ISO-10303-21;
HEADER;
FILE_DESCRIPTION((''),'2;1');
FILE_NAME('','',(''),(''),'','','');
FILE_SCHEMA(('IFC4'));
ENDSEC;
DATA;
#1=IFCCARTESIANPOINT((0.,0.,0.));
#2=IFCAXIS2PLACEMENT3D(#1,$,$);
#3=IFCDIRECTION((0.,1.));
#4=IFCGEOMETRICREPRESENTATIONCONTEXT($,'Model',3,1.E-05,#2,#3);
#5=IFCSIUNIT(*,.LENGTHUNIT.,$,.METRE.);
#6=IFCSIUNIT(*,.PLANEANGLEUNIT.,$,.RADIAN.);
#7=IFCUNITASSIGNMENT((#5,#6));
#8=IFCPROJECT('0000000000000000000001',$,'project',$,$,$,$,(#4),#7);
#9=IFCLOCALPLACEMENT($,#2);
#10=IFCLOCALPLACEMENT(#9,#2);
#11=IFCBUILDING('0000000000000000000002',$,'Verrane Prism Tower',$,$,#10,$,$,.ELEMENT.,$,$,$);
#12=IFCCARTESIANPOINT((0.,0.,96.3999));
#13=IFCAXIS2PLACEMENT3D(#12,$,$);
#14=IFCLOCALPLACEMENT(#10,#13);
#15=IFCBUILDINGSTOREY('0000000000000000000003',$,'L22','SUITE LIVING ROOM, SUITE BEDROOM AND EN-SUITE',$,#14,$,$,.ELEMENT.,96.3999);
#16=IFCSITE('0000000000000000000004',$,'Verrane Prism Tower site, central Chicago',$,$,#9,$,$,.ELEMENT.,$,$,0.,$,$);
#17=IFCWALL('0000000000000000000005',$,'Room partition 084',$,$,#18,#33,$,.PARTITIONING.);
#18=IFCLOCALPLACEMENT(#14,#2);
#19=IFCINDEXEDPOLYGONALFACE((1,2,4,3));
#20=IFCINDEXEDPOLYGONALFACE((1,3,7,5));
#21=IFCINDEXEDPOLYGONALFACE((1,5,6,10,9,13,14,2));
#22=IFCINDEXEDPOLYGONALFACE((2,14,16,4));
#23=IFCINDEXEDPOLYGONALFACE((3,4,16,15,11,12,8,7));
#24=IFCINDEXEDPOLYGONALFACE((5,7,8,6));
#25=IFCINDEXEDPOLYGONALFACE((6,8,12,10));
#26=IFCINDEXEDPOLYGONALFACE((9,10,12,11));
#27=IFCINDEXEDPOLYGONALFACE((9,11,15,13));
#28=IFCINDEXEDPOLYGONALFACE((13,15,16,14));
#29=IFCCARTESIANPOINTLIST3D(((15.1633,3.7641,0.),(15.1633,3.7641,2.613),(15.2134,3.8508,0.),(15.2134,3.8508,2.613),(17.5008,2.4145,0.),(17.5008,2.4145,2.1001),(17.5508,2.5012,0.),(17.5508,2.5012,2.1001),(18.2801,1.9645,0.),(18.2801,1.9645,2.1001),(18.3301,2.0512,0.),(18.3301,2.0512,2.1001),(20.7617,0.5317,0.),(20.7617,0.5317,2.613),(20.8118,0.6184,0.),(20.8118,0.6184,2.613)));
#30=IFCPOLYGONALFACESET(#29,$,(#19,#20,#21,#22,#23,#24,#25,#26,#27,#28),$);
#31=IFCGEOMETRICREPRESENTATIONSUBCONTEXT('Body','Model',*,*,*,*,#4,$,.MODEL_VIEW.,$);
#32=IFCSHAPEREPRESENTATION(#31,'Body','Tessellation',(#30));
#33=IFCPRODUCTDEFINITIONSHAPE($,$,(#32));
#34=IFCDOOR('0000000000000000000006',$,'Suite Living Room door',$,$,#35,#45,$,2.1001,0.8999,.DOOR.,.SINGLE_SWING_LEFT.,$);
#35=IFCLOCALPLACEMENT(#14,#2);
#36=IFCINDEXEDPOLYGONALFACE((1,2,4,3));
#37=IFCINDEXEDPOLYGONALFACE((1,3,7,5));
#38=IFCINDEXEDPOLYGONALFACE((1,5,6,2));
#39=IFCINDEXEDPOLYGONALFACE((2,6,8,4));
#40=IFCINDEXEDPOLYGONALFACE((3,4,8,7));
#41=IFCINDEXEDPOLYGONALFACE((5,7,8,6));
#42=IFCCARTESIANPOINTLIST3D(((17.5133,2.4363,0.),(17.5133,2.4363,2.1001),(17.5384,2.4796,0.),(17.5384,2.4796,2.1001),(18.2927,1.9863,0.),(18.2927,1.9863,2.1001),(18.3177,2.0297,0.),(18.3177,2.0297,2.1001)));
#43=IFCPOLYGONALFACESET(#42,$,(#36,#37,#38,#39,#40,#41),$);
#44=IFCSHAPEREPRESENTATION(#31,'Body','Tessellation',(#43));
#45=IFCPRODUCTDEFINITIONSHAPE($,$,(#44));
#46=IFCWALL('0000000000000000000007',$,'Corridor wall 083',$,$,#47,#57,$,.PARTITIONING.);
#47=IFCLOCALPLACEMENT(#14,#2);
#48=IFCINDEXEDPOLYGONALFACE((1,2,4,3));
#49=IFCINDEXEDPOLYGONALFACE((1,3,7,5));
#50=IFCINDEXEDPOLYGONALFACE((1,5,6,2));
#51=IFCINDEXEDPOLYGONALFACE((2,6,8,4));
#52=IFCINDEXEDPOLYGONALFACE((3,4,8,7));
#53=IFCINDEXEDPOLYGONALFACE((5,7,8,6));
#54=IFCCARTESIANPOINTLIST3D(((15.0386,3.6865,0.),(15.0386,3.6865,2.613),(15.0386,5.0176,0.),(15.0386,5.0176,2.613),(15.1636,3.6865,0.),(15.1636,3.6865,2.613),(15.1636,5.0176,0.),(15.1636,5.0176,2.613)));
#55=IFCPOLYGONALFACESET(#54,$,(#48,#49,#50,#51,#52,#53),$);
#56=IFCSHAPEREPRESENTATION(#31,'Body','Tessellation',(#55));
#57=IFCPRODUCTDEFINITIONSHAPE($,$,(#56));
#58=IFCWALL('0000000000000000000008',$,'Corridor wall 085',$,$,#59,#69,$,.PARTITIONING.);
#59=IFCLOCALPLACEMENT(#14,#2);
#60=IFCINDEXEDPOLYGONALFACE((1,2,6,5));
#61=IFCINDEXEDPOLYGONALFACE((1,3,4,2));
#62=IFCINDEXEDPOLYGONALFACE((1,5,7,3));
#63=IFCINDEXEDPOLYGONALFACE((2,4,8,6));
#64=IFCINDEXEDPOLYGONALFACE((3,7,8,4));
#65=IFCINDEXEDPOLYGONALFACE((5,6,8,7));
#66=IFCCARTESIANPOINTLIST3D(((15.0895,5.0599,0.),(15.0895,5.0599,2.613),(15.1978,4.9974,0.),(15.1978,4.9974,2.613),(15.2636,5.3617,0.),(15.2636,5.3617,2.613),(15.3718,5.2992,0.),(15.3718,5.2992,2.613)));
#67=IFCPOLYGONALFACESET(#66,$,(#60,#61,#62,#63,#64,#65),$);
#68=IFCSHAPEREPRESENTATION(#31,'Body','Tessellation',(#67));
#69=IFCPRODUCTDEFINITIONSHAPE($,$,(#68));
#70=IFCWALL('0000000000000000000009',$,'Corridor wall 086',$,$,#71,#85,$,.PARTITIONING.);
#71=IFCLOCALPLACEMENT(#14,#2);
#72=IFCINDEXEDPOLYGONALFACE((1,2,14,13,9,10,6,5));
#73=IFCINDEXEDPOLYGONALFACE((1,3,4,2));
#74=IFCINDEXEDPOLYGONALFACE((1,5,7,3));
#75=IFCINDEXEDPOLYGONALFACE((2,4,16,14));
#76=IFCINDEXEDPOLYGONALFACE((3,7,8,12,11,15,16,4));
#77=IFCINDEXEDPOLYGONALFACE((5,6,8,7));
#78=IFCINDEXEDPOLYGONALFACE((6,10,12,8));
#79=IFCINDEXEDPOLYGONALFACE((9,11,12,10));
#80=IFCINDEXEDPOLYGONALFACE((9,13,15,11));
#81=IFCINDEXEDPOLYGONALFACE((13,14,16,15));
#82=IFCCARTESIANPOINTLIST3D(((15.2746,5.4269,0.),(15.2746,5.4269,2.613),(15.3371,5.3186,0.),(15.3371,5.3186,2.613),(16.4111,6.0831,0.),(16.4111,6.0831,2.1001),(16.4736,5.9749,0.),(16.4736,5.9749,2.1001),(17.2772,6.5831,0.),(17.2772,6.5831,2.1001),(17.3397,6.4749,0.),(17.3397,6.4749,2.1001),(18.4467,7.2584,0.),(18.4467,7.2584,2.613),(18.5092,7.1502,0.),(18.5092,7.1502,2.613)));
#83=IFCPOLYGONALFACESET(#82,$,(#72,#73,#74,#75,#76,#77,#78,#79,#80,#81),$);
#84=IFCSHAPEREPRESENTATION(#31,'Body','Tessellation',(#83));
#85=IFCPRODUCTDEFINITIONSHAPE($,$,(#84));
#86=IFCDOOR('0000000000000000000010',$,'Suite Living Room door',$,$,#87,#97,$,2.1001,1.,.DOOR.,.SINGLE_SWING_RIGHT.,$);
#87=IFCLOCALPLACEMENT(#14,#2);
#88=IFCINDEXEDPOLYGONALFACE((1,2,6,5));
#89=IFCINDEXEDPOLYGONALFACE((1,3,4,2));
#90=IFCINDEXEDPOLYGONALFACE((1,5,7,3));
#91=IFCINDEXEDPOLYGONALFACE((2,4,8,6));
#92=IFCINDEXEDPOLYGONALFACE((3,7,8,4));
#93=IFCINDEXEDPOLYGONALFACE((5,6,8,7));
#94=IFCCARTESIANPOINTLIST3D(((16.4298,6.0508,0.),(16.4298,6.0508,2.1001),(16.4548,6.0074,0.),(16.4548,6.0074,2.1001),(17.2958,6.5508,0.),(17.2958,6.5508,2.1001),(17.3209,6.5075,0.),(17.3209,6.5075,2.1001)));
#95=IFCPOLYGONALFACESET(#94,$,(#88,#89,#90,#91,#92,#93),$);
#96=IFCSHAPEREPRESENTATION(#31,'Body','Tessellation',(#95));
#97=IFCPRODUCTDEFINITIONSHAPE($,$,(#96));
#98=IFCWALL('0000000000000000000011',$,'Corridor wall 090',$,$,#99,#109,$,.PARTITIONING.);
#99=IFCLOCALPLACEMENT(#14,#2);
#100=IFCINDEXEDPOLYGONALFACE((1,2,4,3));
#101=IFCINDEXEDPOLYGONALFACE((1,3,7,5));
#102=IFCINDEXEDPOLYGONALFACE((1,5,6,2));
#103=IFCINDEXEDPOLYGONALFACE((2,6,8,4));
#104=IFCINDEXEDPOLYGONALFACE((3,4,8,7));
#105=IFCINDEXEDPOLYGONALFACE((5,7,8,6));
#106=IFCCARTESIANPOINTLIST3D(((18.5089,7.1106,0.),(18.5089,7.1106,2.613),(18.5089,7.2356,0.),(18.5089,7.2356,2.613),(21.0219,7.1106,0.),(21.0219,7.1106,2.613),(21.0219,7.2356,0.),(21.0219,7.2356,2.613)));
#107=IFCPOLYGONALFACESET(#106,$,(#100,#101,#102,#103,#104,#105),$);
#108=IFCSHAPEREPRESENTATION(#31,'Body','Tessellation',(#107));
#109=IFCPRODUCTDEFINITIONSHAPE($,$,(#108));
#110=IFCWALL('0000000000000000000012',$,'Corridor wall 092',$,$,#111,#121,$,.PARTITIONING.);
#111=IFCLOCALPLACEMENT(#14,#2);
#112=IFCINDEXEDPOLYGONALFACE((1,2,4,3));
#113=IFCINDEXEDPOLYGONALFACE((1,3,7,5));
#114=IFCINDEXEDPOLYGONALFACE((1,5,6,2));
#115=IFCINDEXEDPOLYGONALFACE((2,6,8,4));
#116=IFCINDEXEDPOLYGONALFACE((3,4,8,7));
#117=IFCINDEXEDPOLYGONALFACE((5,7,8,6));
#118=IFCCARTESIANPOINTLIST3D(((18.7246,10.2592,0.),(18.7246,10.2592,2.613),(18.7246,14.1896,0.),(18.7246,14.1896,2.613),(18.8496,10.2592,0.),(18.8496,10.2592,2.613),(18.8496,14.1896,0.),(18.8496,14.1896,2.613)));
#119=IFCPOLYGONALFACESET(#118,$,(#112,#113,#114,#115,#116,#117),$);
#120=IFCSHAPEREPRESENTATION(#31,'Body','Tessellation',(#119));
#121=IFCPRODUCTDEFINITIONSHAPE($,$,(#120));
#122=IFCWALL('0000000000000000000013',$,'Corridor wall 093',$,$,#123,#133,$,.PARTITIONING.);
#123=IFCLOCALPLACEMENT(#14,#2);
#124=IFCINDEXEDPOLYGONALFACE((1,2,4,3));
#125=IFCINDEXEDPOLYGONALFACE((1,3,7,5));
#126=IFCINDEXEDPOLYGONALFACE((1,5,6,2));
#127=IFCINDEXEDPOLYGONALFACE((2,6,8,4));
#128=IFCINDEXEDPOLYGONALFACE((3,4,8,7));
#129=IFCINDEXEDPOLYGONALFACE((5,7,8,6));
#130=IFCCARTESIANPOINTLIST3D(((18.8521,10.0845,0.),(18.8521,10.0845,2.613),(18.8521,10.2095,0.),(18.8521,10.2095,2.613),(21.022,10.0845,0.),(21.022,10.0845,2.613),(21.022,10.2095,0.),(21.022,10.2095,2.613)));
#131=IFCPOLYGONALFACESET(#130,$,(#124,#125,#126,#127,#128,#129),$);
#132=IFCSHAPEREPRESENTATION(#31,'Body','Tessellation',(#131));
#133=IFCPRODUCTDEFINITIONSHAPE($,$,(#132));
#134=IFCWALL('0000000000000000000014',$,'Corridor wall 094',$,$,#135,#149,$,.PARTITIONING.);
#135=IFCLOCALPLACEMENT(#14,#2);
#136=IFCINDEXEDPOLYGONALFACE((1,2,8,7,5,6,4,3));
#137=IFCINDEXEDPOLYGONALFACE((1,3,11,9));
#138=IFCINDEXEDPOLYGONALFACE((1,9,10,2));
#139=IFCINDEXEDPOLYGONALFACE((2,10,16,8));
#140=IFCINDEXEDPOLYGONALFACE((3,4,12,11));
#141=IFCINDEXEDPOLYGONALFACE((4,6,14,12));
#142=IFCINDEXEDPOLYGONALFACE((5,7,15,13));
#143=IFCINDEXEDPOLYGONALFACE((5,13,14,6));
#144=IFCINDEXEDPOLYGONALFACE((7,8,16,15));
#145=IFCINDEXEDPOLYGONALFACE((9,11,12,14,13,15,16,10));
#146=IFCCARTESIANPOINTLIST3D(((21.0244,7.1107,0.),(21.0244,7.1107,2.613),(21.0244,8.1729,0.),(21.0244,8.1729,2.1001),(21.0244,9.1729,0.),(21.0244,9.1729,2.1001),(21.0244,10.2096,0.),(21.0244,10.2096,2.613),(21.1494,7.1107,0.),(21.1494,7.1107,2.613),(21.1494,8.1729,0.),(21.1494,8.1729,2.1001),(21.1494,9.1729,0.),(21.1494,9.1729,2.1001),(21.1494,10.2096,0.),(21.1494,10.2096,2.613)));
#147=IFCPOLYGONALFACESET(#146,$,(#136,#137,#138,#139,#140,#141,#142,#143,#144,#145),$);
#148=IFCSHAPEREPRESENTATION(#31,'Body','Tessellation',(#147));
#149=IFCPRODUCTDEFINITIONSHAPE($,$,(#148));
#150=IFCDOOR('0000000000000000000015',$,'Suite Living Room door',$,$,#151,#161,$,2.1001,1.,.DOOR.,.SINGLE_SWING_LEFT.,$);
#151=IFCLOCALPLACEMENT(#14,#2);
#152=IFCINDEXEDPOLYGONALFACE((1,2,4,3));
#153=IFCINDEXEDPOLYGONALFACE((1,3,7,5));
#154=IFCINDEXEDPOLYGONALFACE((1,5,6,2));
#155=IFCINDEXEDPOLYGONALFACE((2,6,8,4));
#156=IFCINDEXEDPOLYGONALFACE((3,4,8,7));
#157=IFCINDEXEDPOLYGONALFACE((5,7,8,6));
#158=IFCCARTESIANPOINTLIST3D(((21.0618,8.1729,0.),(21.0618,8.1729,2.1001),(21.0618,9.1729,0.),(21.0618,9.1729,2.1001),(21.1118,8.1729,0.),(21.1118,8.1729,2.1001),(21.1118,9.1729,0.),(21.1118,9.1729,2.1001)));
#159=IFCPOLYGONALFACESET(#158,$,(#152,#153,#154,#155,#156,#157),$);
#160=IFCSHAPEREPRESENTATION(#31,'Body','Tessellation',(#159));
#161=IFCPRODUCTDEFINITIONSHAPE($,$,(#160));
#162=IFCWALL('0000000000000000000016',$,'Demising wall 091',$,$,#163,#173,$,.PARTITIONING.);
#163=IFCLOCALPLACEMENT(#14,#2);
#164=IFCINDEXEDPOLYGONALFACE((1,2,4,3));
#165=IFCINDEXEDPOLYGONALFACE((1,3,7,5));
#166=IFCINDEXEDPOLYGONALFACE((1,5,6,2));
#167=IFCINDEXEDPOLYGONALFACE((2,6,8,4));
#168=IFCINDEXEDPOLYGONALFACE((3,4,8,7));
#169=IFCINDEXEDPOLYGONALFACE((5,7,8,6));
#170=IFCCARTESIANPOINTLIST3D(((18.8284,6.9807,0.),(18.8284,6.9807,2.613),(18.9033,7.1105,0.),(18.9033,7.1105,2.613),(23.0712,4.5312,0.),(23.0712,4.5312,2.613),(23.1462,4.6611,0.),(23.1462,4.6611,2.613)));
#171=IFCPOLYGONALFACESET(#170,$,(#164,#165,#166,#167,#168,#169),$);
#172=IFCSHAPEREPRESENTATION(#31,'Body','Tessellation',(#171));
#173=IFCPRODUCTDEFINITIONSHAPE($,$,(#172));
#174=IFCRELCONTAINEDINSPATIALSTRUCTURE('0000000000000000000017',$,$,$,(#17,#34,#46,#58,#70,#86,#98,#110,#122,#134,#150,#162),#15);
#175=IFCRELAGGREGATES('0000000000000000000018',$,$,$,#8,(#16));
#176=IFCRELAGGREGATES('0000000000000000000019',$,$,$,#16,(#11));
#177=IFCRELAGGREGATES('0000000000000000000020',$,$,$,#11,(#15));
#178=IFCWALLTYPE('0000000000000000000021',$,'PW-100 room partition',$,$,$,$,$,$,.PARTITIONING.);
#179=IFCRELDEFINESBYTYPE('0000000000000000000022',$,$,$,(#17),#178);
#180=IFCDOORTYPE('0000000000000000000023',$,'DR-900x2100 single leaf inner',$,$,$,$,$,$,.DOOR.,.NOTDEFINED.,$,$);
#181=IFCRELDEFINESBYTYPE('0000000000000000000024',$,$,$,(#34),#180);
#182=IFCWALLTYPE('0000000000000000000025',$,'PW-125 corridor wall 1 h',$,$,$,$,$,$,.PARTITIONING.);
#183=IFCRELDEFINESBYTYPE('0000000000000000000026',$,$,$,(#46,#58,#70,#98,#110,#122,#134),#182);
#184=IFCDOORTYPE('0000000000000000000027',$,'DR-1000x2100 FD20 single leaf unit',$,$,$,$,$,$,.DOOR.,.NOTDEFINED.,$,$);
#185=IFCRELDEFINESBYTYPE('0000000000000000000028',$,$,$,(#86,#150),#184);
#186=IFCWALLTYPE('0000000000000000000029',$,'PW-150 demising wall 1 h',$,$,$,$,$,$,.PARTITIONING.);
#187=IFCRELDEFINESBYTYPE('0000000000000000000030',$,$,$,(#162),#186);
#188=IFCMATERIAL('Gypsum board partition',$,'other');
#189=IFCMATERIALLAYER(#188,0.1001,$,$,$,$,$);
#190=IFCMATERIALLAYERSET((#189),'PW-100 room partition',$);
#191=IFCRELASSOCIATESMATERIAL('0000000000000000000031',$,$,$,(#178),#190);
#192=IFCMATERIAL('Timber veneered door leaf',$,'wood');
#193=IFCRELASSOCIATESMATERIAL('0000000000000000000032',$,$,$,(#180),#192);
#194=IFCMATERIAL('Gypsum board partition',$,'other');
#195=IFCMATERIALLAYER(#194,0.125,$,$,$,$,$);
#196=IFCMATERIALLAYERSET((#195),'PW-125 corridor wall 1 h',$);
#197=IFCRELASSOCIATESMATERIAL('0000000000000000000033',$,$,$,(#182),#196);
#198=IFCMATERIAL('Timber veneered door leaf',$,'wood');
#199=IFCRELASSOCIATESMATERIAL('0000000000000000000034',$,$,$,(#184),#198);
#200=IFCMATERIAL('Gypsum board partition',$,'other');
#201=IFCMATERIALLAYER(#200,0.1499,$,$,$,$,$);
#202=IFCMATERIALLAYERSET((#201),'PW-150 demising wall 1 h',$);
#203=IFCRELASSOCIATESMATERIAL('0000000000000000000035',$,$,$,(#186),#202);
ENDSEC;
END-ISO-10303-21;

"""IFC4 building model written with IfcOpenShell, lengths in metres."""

from ifc_helpers import new_model, si_unit, direction, frame, frame_2d, origin, place, context, subcontext, project, spatial, rectangle, extrude, material, layer, layer_set, type_object, element, fill, save


model = new_model("IFC4")

# Units and contexts
model_context = context("Model", 3, precision=1e-05, world=origin(), true_north=direction((0.0, 1.0)))
body_context = subcontext(model_context, "Body", "Model", "MODEL_VIEW")
ifc_project = project(units=[si_unit("LENGTHUNIT", "METRE"), si_unit("PLANEANGLEUNIT", "RADIAN")], contexts=[model_context])

# Site, building, storey
site_placement = place(None, origin())
site = spatial("IfcSite", under=ifc_project, at=site_placement, Name="Verrane Prism Tower site, central Chicago", CompositionType="ELEMENT", RefElevation=0.0)
building_placement = place(site_placement, origin())
building = spatial("IfcBuilding", under=site, at=building_placement, Name="Verrane Prism Tower", CompositionType="ELEMENT")
storey_placement = place(building_placement, frame((0.0, 0.0, 96.3999)))
storey = spatial("IfcBuildingStorey", under=building, at=storey_placement, Name="L22", Description="SUITE LIVING ROOM, SUITE BEDROOM AND EN-SUITE", CompositionType="ELEMENT", Elevation=96.3999)

# Wall, opening, door
ifc_material_1 = material(Name="Gypsum board partition", Category="other")
ifc_layer_1 = layer(ifc_material_1, 0.1001)
ifc_layer_set_1 = layer_set([ifc_layer_1], Name="PW-100 room partition")
wall_type_1 = type_object("IfcWallType", Name="PW-100 room partition", PredefinedType="PARTITIONING", material=ifc_layer_set_1)
wall_1_placement = place(storey_placement, frame((20.7869, 0.575, 0.0), z_axis=(0.0, 0.0, 1.0), x_axis=(-0.866013, 0.500022, 0.0)))
wall_1 = element("IfcWall", 1, at=wall_1_placement, inside=storey, type_object=wall_type_1, Name="Room partition 084", PredefinedType="PARTITIONING", context=body_context, shape_type="SweptSolid", body=[
    extrude(rectangle(XDim=6.4646, YDim=0.1001, at=frame_2d((3.2324, 0.0))), origin(), (0.0, 0.0, 1.0), 2.613),
])
opening_1_placement = place(wall_1_placement, frame((2.8657, 0.0, 0.0)))
opening_1 = element("IfcOpeningElement", 2, at=opening_1_placement, cuts=wall_1, PredefinedType="OPENING", context=body_context, shape_type="SweptSolid", body=[
    extrude(rectangle(XDim=0.8999, YDim=2.1001, at=frame_2d((0.45, 1.05))), frame((0.0, 0.0601, 0.0), z_axis=(0.0, -1.0, 0.0), x_axis=(1.0, 0.0, 0.0)), (0.0, 0.0, 1.0), 0.1201),
])
ifc_material_2 = material(Name="Timber veneered door leaf", Category="wood")
door_type_1 = type_object("IfcDoorType", Name="DR-900x2100 single leaf inner", OperationType="NOTDEFINED", PredefinedType="DOOR", material=ifc_material_2)
door_1_placement = place(opening_1_placement, origin())
door_1 = element("IfcDoor", 3, at=door_1_placement, inside=storey, type_object=door_type_1, Name="Suite Living Room door", OperationType="SINGLE_SWING_LEFT", OverallHeight=2.1001, OverallWidth=0.8999, PredefinedType="DOOR", context=body_context, shape_type="SweptSolid", body=[
    extrude(rectangle(XDim=0.8999, YDim=2.1001, at=frame_2d((0.45, 1.05))), frame((0.0, 0.0249, 0.0), z_axis=(0.0, -1.0, 0.0), x_axis=(1.0, 0.0, 0.0)), (0.0, 0.0, 1.0), 0.05),
])
fill(opening_1, door_1)

# Walls
ifc_material_3 = material(Name="Gypsum board partition", Category="other")
ifc_layer_2 = layer(ifc_material_3, 0.125)
ifc_layer_set_2 = layer_set([ifc_layer_2], Name="PW-125 corridor wall 1 h")
wall_type_2 = type_object("IfcWallType", Name="PW-125 corridor wall 1 h", PredefinedType="PARTITIONING", material=ifc_layer_set_2)
wall_2_placement = place(storey_placement, frame((15.1011, 3.6865, 0.0), z_axis=(0.0, 0.0, 1.0), x_axis=(0.0, 1.0, 0.0)))
element("IfcWall", 4, at=wall_2_placement, inside=storey, type_object=wall_type_2, Name="Corridor wall 083", PredefinedType="PARTITIONING", context=body_context, shape_type="SweptSolid", body=[
    extrude(rectangle(XDim=1.3311, YDim=0.125, at=frame_2d((0.6655, 0.0))), origin(), (0.0, 0.0, 1.0), 2.613),
])
wall_3_placement = place(storey_placement, frame((15.1436, 5.0286, 0.0), z_axis=(0.0, 0.0, 1.0), x_axis=(0.499682, 0.866209, 0.0)))
element("IfcWall", 5, at=wall_3_placement, inside=storey, type_object=wall_type_2, Name="Corridor wall 085", PredefinedType="PARTITIONING", context=body_context, shape_type="SweptSolid", body=[
    extrude(rectangle(XDim=0.3484, YDim=0.125, at=frame_2d((0.1743, 0.0))), origin(), (0.0, 0.0, 1.0), 2.613),
])

# Wall, opening, door
wall_4_placement = place(storey_placement, frame((18.478, 7.2043, 0.0), z_axis=(0.0, 0.0, 1.0), x_axis=(-0.866011, -0.500024, 0.0)))
wall_4 = element("IfcWall", 6, at=wall_4_placement, inside=storey, type_object=wall_type_2, Name="Corridor wall 086", PredefinedType="PARTITIONING", context=body_context, shape_type="SweptSolid", body=[
    extrude(rectangle(XDim=3.6628, YDim=0.125, at=frame_2d((1.8315, 0.0))), origin(), (0.0, 0.0, 1.0), 2.613),
])
opening_2_placement = place(wall_4_placement, frame((1.3506, 0.0, 0.0)))
opening_2 = element("IfcOpeningElement", 7, at=opening_2_placement, cuts=wall_4, PredefinedType="OPENING", context=body_context, shape_type="SweptSolid", body=[
    extrude(rectangle(XDim=1.0, YDim=2.1001, at=frame_2d((0.5, 1.05))), frame((0.0, 0.0725, 0.0), z_axis=(0.0, -1.0, 0.0), x_axis=(1.0, 0.0, 0.0)), (0.0, 0.0, 1.0), 0.145),
])
ifc_material_4 = material(Name="Timber veneered door leaf", Category="wood")
door_type_2 = type_object("IfcDoorType", Name="DR-1000x2100 FD20 single leaf unit", OperationType="NOTDEFINED", PredefinedType="DOOR", material=ifc_material_4)
door_2_placement = place(opening_2_placement, origin())
door_2 = element("IfcDoor", 8, at=door_2_placement, inside=storey, type_object=door_type_2, Name="Suite Living Room door", OperationType="SINGLE_SWING_RIGHT", OverallHeight=2.1001, OverallWidth=1.0, PredefinedType="DOOR", context=body_context, shape_type="SweptSolid", body=[
    extrude(rectangle(XDim=1.0, YDim=2.1001, at=frame_2d((0.5, 1.05))), frame((0.0, 0.0249, 0.0), z_axis=(0.0, -1.0, 0.0), x_axis=(1.0, 0.0, 0.0)), (0.0, 0.0, 1.0), 0.05),
])
fill(opening_2, door_2)

# Walls
wall_5_placement = place(storey_placement, frame((18.509, 7.1731, 0.0), z_axis=(0.0, 0.0, 1.0), x_axis=(1.0, 0.0, 0.0)))
element("IfcWall", 9, at=wall_5_placement, inside=storey, type_object=wall_type_2, Name="Corridor wall 090", PredefinedType="PARTITIONING", context=body_context, shape_type="SweptSolid", body=[
    extrude(rectangle(XDim=2.5129, YDim=0.125, at=frame_2d((1.2563, 0.0))), origin(), (0.0, 0.0, 1.0), 2.613),
])
wall_6_placement = place(storey_placement, frame((18.7871, 10.259, 0.0), z_axis=(0.0, 0.0, 1.0), x_axis=(0.0, 1.0, 0.0)))
element("IfcWall", 10, at=wall_6_placement, inside=storey, type_object=wall_type_2, Name="Corridor wall 092", PredefinedType="PARTITIONING", context=body_context, shape_type="SweptSolid", body=[
    extrude(rectangle(XDim=3.9304, YDim=0.125, at=frame_2d((1.9653, 0.0))), origin(), (0.0, 0.0, 1.0), 2.613),
])
wall_7_placement = place(storey_placement, frame((18.8521, 10.147, 0.0), z_axis=(0.0, 0.0, 1.0), x_axis=(1.0, 0.0, 0.0)))
element("IfcWall", 11, at=wall_7_placement, inside=storey, type_object=wall_type_2, Name="Corridor wall 093", PredefinedType="PARTITIONING", context=body_context, shape_type="SweptSolid", body=[
    extrude(rectangle(XDim=2.1699, YDim=0.125, at=frame_2d((1.085, 0.0))), origin(), (0.0, 0.0, 1.0), 2.613),
])

# Wall, opening, door
wall_8_placement = place(storey_placement, frame((21.0869, 10.2095, 0.0), z_axis=(0.0, 0.0, 1.0), x_axis=(0.0, -1.0, 0.0)))
wall_8 = element("IfcWall", 12, at=wall_8_placement, inside=storey, type_object=wall_type_2, Name="Corridor wall 094", PredefinedType="PARTITIONING", context=body_context, shape_type="SweptSolid", body=[
    extrude(rectangle(XDim=3.0989, YDim=0.125, at=frame_2d((1.5493, 0.0))), origin(), (0.0, 0.0, 1.0), 2.613),
])
opening_3_placement = place(wall_8_placement, frame((1.0366, 0.0, 0.0)))
opening_3 = element("IfcOpeningElement", 13, at=opening_3_placement, cuts=wall_8, PredefinedType="OPENING", context=body_context, shape_type="SweptSolid", body=[
    extrude(rectangle(XDim=1.0, YDim=2.1001, at=frame_2d((0.5, 1.05))), frame((0.0, 0.0725, 0.0), z_axis=(0.0, -1.0, 0.0), x_axis=(1.0, 0.0, 0.0)), (0.0, 0.0, 1.0), 0.145),
])
door_3_placement = place(opening_3_placement, origin())
door_3 = element("IfcDoor", 14, at=door_3_placement, inside=storey, type_object=door_type_2, Name="Suite Living Room door", OperationType="SINGLE_SWING_LEFT", OverallHeight=2.1001, OverallWidth=1.0, PredefinedType="DOOR", context=body_context, shape_type="SweptSolid", body=[
    extrude(rectangle(XDim=1.0, YDim=2.1001, at=frame_2d((0.5, 1.05))), frame((0.0, 0.0249, 0.0), z_axis=(0.0, -1.0, 0.0), x_axis=(1.0, 0.0, 0.0)), (0.0, 0.0, 1.0), 0.05),
])
fill(opening_3, door_3)

# Wall
ifc_material_5 = material(Name="Gypsum board partition", Category="other")
ifc_layer_3 = layer(ifc_material_5, 0.1499)
ifc_layer_set_3 = layer_set([ifc_layer_3], Name="PW-150 demising wall 1 h")
wall_type_3 = type_object("IfcWallType", Name="PW-150 demising wall 1 h", PredefinedType="PARTITIONING", material=ifc_layer_set_3)
wall_9_placement = place(storey_placement, frame((18.8657, 7.0457, 0.0), z_axis=(0.0, 0.0, 1.0), x_axis=(0.866042, -0.499971, 0.0)))
element("IfcWall", 15, at=wall_9_placement, inside=storey, type_object=wall_type_3, Name="Demising wall 091", PredefinedType="PARTITIONING", context=body_context, shape_type="SweptSolid", body=[
    extrude(rectangle(XDim=4.8992, YDim=0.1499, at=frame_2d((2.4497, 0.0))), origin(), (0.0, 0.0, 1.0), 2.613),
])

save(model, "model.ifc")
